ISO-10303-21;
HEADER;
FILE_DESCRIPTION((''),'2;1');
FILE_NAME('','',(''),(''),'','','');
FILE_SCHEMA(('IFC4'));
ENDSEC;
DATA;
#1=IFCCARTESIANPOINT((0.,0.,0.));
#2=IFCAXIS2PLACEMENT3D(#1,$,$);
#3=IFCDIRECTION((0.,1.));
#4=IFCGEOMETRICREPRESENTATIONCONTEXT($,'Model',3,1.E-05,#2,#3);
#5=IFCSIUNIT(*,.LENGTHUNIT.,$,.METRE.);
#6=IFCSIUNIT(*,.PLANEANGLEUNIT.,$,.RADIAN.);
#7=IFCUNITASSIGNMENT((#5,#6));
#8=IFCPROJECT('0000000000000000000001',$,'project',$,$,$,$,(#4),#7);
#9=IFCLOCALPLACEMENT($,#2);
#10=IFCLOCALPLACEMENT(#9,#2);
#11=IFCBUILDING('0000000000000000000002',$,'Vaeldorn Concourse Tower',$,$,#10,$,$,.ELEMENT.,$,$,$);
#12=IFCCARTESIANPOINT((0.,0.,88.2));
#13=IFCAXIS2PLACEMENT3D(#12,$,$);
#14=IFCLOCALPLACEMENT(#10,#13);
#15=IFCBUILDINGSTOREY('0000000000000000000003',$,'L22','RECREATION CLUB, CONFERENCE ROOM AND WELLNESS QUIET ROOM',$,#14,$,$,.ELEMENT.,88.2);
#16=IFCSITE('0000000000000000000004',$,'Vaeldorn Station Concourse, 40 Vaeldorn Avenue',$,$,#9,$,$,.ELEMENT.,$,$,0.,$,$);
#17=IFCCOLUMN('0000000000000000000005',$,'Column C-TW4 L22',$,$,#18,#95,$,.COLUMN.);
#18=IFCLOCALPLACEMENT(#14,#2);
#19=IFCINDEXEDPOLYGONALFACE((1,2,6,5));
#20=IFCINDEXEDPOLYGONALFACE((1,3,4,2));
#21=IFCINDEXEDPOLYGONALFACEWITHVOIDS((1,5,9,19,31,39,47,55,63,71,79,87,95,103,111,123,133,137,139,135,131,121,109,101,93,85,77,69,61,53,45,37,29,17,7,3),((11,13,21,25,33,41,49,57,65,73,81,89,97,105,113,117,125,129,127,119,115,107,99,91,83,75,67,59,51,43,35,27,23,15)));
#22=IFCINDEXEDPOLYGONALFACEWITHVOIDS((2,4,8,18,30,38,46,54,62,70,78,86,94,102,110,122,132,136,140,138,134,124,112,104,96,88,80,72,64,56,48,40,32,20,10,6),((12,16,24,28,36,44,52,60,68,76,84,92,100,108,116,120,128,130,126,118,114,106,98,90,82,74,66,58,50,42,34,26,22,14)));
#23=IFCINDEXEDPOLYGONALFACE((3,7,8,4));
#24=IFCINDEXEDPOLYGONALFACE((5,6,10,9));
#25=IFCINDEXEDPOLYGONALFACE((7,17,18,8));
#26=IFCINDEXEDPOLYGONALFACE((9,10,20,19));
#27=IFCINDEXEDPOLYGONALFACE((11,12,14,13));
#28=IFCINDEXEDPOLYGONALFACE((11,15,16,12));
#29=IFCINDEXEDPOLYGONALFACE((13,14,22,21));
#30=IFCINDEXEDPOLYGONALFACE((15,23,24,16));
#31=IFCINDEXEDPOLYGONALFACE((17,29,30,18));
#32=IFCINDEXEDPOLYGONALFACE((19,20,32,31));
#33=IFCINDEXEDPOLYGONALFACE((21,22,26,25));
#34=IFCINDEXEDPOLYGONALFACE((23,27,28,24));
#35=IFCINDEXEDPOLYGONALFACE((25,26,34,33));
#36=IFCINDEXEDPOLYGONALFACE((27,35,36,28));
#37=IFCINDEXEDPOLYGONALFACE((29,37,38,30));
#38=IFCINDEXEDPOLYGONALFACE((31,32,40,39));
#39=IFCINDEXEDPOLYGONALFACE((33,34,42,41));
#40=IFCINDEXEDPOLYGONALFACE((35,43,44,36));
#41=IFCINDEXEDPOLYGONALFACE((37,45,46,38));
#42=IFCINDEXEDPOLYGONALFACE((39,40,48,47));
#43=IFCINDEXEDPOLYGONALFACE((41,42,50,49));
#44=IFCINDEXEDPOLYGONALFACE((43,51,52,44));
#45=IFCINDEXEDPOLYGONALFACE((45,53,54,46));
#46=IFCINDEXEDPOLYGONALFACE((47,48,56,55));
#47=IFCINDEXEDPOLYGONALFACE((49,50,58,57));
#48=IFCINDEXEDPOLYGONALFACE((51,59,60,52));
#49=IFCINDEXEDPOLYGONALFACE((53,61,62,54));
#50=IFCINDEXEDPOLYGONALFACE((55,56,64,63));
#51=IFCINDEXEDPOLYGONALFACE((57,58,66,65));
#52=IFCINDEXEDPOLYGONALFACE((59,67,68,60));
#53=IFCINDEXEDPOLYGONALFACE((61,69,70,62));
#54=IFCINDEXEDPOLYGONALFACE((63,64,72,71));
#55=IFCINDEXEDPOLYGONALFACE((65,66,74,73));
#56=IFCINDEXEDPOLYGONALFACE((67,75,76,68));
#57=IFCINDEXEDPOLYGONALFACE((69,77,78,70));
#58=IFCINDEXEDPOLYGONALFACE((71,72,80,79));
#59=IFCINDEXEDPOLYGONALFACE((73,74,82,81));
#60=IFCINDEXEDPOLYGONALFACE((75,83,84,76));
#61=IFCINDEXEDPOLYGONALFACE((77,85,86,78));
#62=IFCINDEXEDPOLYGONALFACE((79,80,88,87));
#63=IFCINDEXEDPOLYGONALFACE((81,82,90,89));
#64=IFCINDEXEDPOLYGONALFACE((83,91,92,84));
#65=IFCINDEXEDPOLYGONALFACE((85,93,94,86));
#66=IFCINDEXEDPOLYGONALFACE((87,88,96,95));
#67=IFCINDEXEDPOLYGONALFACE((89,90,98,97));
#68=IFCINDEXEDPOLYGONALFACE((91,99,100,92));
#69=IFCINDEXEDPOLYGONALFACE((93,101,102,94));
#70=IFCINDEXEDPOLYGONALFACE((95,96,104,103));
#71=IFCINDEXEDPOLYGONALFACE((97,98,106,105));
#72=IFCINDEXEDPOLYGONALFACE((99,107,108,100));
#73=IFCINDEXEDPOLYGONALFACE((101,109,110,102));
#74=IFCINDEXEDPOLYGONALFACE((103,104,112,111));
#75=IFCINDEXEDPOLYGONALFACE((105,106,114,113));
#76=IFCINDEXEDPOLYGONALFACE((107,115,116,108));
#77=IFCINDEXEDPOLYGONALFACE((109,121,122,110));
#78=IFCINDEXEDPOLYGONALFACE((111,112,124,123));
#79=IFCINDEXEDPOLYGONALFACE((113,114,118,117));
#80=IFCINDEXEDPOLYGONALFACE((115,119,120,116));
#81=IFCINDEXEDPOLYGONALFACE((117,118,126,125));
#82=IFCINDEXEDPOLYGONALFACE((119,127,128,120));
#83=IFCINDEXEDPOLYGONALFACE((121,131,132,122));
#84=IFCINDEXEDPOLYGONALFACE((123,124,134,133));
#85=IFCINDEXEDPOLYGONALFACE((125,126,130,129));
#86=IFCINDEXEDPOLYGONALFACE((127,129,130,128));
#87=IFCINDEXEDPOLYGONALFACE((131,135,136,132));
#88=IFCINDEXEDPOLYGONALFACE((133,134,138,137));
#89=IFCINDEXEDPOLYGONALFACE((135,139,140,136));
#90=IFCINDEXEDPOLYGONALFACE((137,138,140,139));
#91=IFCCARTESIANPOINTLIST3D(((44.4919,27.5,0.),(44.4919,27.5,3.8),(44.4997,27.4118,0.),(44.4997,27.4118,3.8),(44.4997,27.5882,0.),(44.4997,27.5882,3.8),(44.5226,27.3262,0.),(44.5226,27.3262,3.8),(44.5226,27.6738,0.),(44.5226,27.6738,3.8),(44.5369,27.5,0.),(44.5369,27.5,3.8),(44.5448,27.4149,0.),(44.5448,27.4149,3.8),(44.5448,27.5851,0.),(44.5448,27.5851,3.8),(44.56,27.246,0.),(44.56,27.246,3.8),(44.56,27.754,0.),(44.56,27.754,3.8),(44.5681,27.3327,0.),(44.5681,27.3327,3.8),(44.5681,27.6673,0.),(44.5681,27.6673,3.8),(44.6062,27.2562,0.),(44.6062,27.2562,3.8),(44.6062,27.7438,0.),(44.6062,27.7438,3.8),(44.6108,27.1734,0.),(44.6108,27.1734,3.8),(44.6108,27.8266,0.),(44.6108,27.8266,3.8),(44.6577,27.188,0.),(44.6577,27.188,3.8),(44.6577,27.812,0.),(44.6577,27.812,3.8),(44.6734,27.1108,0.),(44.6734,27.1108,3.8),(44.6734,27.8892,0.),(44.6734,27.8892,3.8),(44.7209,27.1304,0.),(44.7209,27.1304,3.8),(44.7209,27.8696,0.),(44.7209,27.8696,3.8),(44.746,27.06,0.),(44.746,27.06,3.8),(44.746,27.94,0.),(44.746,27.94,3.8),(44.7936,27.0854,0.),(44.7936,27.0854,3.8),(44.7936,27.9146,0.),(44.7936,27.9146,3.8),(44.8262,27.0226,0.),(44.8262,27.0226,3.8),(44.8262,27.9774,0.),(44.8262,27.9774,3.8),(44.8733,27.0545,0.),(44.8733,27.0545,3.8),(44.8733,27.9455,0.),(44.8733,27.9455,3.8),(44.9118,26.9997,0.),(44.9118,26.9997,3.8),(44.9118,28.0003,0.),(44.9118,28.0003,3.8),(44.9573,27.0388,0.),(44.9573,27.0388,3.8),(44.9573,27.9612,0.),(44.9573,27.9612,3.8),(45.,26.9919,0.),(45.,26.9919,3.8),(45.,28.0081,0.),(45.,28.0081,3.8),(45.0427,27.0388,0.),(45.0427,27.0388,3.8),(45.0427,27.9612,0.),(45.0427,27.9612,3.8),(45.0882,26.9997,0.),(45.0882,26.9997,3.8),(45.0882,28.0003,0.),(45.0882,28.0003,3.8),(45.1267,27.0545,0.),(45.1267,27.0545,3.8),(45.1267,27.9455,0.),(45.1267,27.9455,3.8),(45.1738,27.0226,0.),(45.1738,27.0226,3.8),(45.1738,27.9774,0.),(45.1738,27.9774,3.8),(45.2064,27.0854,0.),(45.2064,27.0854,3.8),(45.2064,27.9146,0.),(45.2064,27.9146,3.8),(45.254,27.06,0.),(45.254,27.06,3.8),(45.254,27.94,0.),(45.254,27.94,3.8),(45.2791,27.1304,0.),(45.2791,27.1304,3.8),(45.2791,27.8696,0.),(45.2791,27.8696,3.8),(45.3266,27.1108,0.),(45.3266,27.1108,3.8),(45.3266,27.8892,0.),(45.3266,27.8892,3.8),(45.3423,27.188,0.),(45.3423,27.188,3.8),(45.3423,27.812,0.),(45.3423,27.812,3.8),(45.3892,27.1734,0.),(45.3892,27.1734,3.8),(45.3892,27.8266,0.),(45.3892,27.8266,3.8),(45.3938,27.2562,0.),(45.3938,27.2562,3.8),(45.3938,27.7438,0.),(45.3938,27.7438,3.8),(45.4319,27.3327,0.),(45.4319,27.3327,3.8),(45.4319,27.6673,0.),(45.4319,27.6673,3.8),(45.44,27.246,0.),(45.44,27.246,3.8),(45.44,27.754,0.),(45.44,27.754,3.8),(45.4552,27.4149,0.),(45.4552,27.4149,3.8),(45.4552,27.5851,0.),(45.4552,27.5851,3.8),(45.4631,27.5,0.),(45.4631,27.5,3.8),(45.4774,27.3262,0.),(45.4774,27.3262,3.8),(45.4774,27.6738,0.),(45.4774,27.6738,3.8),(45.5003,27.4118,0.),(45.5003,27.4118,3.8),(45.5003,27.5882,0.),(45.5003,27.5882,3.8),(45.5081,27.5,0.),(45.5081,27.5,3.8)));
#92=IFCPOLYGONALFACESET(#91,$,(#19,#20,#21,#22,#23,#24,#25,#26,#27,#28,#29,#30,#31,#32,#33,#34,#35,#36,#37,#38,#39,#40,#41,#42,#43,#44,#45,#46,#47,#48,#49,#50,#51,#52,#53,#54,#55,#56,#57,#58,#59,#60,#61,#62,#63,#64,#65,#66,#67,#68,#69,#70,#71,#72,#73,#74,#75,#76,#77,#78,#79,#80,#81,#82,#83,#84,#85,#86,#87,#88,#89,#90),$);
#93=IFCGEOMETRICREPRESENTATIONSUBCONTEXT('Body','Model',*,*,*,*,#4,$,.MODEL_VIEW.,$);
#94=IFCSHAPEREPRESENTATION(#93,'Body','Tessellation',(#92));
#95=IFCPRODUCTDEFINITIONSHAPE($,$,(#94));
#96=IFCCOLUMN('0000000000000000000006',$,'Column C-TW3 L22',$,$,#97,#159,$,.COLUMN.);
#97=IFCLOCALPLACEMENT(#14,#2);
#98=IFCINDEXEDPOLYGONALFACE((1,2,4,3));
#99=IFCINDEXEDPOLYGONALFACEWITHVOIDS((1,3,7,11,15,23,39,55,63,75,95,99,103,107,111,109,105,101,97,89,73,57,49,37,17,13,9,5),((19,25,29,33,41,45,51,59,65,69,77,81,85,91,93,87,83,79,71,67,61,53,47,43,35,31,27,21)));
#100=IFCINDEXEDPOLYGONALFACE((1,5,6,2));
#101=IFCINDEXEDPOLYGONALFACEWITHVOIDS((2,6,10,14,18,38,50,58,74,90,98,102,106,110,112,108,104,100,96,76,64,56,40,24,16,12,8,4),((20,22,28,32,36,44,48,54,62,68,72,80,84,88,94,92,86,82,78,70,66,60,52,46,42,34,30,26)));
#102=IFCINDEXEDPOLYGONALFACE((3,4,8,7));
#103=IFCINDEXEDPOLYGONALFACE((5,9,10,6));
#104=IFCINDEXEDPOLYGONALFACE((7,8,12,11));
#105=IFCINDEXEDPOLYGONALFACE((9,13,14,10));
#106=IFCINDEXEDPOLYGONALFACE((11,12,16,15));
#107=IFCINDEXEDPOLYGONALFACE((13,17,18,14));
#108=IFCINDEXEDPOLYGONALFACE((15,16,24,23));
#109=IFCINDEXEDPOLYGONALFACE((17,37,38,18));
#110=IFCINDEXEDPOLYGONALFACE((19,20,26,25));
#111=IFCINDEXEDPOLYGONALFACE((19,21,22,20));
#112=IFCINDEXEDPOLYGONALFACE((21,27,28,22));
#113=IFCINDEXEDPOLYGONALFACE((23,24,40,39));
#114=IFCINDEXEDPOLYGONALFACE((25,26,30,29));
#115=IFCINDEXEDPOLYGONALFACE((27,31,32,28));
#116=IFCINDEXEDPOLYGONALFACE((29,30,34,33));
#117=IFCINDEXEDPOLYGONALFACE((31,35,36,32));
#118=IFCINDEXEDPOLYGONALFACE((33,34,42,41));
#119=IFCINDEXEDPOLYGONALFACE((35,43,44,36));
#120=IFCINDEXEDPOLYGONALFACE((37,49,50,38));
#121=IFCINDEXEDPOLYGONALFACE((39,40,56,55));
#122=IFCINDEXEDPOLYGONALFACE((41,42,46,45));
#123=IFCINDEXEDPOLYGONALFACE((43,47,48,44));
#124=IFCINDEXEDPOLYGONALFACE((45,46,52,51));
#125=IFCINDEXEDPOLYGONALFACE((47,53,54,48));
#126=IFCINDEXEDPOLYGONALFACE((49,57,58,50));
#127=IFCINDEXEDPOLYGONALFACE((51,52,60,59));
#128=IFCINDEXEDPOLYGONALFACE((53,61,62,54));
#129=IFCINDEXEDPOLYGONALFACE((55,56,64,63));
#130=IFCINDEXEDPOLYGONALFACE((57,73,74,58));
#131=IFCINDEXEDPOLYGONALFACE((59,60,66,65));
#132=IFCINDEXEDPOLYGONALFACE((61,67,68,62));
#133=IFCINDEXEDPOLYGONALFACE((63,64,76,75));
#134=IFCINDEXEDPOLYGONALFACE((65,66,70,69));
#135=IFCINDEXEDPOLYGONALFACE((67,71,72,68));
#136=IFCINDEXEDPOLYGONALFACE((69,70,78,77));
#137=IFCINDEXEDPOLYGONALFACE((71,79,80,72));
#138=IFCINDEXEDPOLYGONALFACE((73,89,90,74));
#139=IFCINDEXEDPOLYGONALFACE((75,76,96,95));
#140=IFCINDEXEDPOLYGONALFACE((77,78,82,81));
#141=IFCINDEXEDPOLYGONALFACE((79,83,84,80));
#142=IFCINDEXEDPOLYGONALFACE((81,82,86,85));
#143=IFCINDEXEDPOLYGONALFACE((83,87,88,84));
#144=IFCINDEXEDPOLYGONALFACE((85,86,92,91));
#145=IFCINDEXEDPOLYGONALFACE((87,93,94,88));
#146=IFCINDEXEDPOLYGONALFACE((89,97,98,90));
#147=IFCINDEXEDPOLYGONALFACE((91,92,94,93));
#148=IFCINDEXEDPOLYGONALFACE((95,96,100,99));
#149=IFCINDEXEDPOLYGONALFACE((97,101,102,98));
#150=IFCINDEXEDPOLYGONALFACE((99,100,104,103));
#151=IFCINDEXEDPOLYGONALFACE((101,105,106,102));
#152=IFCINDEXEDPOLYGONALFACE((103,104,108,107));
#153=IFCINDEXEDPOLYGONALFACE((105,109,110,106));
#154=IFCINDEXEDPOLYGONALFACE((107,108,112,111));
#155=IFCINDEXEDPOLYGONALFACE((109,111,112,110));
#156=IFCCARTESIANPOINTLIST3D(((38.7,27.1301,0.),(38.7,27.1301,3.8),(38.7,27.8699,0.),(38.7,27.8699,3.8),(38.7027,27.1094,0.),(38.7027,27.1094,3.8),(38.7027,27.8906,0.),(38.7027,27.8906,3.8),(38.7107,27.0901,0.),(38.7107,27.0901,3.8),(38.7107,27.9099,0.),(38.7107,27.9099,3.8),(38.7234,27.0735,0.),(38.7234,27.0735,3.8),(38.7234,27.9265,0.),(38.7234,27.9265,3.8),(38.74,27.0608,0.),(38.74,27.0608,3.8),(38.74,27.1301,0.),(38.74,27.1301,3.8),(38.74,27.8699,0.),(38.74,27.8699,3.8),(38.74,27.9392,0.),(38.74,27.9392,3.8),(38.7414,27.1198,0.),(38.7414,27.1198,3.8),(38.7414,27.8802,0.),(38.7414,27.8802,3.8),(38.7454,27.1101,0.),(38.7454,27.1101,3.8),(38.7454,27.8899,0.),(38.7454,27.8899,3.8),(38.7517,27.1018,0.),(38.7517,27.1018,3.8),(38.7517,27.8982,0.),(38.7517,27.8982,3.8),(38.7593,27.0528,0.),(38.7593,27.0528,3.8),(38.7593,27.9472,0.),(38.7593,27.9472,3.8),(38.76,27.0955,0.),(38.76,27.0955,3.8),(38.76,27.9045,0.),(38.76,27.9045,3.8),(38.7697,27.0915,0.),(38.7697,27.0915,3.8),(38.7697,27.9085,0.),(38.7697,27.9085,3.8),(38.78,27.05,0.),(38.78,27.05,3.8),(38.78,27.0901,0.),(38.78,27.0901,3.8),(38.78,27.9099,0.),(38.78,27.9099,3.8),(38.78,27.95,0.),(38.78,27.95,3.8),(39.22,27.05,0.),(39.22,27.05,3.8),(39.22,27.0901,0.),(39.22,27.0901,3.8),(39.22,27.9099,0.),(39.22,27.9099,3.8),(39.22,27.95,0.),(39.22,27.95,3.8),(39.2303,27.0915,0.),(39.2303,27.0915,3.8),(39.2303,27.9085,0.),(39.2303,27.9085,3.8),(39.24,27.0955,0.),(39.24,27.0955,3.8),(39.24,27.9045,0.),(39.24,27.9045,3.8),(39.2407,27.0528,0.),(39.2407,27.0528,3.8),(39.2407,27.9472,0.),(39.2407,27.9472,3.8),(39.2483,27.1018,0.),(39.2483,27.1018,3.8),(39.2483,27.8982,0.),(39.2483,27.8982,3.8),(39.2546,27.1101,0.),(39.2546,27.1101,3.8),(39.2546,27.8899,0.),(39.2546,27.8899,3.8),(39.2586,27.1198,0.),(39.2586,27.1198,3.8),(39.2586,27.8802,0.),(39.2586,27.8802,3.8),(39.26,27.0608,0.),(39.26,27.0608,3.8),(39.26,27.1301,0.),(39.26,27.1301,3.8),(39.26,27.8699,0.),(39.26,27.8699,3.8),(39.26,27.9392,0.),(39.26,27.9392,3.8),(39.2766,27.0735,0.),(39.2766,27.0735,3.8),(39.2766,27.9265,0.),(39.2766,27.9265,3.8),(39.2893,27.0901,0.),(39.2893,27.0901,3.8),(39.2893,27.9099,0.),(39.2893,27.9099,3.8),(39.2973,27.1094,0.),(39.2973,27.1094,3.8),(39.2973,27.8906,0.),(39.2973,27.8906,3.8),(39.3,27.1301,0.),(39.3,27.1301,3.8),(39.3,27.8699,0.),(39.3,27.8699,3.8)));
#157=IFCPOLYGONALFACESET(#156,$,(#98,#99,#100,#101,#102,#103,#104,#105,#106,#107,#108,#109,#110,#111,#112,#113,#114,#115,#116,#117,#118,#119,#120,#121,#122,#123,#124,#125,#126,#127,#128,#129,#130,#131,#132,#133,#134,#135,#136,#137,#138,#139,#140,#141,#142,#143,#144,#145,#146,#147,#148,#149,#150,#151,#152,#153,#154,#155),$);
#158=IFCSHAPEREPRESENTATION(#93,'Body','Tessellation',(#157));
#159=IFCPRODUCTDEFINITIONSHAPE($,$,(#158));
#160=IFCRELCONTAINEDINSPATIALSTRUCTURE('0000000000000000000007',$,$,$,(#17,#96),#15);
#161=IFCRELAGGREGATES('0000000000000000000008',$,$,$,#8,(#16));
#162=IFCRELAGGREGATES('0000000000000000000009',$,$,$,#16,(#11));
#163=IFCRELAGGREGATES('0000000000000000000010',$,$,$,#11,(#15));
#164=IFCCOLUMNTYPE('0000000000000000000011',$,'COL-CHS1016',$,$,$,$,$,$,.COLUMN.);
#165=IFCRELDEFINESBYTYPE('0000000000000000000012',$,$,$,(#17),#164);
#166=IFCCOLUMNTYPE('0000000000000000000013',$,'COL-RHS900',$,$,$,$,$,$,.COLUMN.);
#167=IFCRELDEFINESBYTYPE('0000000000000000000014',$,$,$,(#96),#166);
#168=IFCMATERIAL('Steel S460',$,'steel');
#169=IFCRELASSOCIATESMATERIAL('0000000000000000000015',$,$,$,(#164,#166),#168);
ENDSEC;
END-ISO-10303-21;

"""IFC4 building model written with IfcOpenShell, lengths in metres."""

from ifc_helpers import new_model, si_unit, direction, frame, origin, origin_2d, place, context, subcontext, project, spatial, hollow_rectangle, hollow_circle, extrude, source, transform, mapped, material, material_profile, profile_set, type_object, element, save


model = new_model("IFC4")

# Units and contexts
model_context = context("Model", 3, precision=1e-05, world=origin(), true_north=direction((0.0, 1.0)))
body_context = subcontext(model_context, "Body", "Model", "MODEL_VIEW")
ifc_project = project(units=[si_unit("LENGTHUNIT", "METRE"), si_unit("PLANEANGLEUNIT", "RADIAN")], contexts=[model_context])

# Site, building, storey
site_placement = place(None, origin())
site = spatial("IfcSite", under=ifc_project, at=site_placement, Name="Vaeldorn Station Concourse, 40 Vaeldorn Avenue", CompositionType="ELEMENT", RefElevation=0.0)
building_placement = place(site_placement, origin())
building = spatial("IfcBuilding", under=site, at=building_placement, Name="Vaeldorn Concourse Tower", CompositionType="ELEMENT")
storey_placement = place(building_placement, frame((0.0, 0.0, 88.2)))
storey = spatial("IfcBuildingStorey", under=building, at=storey_placement, Name="L22", Description="RECREATION CLUB, CONFERENCE ROOM AND WELLNESS QUIET ROOM", CompositionType="ELEMENT", Elevation=88.2)

# Columns
ifc_material_1 = material(Name="Steel S460", Category="steel")
ifc_material_profile_1 = material_profile(ifc_material_1, hollow_circle(Radius=0.5081, WallThickness=0.0449, at=origin_2d()), Name="CHS 1016x45")
ifc_profile_set_1 = profile_set([ifc_material_profile_1], Name="Steel S460")
column_type_1 = type_object("IfcColumnType", Name="COL-CHS1016", PredefinedType="COLUMN", material=ifc_profile_set_1)
shared_shape_1 = source(origin(), body_context, "Body", "SweptSolid", [
    extrude(hollow_circle(Radius=0.5081, WallThickness=0.0449, at=origin_2d()), origin(), (0.0, 0.0, 1.0), 3.8),
])
column_placement = place(storey_placement, frame((45.0, 27.5, 0.0), z_axis=(0.0, 0.0, 1.0), x_axis=(1.0, 0.0, 0.0)))
element("IfcColumn", 1, at=column_placement, inside=storey, type_object=column_type_1, Name="Column C-TW4 L22", PredefinedType="COLUMN", context=body_context, shape_type="MappedRepresentation", body=[
    mapped(shared_shape_1, transform((0.0, 0.0, 0.0), scale=1.0)),
])
ifc_material_profile_2 = material_profile(ifc_material_1, hollow_rectangle(XDim=0.6001, YDim=0.8999, WallThickness=0.04, InnerFilletRadius=0.04, OuterFilletRadius=0.0801, at=origin_2d()), Name="RHS 900x600x40")
ifc_profile_set_2 = profile_set([ifc_material_profile_2], Name="Steel S460")
column_type_2 = type_object("IfcColumnType", Name="COL-RHS900", PredefinedType="COLUMN", material=ifc_profile_set_2)
shared_shape_2 = source(origin(), body_context, "Body", "SweptSolid", [
    extrude(hollow_rectangle(XDim=0.6001, YDim=0.8999, WallThickness=0.04, InnerFilletRadius=0.04, OuterFilletRadius=0.0801, at=origin_2d()), origin(), (0.0, 0.0, 1.0), 3.8),
])
for number, where, z_axis, x_axis, name in (
    (2, (39.0, 27.5, 0.0), (0.0, 0.0, 1.0), (1.0, 0.0, 0.0), "Column C-TW3 L22"),
):
    element("IfcColumn", number, at=place(storey_placement, frame(where, z_axis=z_axis, x_axis=x_axis)), inside=storey, type_object=column_type_2, Name=name, PredefinedType="COLUMN", context=body_context, shape_type="MappedRepresentation", body=[
        mapped(shared_shape_2, transform((0.0, 0.0, 0.0), scale=1.0)),
    ])

save(model, "model.ifc")
